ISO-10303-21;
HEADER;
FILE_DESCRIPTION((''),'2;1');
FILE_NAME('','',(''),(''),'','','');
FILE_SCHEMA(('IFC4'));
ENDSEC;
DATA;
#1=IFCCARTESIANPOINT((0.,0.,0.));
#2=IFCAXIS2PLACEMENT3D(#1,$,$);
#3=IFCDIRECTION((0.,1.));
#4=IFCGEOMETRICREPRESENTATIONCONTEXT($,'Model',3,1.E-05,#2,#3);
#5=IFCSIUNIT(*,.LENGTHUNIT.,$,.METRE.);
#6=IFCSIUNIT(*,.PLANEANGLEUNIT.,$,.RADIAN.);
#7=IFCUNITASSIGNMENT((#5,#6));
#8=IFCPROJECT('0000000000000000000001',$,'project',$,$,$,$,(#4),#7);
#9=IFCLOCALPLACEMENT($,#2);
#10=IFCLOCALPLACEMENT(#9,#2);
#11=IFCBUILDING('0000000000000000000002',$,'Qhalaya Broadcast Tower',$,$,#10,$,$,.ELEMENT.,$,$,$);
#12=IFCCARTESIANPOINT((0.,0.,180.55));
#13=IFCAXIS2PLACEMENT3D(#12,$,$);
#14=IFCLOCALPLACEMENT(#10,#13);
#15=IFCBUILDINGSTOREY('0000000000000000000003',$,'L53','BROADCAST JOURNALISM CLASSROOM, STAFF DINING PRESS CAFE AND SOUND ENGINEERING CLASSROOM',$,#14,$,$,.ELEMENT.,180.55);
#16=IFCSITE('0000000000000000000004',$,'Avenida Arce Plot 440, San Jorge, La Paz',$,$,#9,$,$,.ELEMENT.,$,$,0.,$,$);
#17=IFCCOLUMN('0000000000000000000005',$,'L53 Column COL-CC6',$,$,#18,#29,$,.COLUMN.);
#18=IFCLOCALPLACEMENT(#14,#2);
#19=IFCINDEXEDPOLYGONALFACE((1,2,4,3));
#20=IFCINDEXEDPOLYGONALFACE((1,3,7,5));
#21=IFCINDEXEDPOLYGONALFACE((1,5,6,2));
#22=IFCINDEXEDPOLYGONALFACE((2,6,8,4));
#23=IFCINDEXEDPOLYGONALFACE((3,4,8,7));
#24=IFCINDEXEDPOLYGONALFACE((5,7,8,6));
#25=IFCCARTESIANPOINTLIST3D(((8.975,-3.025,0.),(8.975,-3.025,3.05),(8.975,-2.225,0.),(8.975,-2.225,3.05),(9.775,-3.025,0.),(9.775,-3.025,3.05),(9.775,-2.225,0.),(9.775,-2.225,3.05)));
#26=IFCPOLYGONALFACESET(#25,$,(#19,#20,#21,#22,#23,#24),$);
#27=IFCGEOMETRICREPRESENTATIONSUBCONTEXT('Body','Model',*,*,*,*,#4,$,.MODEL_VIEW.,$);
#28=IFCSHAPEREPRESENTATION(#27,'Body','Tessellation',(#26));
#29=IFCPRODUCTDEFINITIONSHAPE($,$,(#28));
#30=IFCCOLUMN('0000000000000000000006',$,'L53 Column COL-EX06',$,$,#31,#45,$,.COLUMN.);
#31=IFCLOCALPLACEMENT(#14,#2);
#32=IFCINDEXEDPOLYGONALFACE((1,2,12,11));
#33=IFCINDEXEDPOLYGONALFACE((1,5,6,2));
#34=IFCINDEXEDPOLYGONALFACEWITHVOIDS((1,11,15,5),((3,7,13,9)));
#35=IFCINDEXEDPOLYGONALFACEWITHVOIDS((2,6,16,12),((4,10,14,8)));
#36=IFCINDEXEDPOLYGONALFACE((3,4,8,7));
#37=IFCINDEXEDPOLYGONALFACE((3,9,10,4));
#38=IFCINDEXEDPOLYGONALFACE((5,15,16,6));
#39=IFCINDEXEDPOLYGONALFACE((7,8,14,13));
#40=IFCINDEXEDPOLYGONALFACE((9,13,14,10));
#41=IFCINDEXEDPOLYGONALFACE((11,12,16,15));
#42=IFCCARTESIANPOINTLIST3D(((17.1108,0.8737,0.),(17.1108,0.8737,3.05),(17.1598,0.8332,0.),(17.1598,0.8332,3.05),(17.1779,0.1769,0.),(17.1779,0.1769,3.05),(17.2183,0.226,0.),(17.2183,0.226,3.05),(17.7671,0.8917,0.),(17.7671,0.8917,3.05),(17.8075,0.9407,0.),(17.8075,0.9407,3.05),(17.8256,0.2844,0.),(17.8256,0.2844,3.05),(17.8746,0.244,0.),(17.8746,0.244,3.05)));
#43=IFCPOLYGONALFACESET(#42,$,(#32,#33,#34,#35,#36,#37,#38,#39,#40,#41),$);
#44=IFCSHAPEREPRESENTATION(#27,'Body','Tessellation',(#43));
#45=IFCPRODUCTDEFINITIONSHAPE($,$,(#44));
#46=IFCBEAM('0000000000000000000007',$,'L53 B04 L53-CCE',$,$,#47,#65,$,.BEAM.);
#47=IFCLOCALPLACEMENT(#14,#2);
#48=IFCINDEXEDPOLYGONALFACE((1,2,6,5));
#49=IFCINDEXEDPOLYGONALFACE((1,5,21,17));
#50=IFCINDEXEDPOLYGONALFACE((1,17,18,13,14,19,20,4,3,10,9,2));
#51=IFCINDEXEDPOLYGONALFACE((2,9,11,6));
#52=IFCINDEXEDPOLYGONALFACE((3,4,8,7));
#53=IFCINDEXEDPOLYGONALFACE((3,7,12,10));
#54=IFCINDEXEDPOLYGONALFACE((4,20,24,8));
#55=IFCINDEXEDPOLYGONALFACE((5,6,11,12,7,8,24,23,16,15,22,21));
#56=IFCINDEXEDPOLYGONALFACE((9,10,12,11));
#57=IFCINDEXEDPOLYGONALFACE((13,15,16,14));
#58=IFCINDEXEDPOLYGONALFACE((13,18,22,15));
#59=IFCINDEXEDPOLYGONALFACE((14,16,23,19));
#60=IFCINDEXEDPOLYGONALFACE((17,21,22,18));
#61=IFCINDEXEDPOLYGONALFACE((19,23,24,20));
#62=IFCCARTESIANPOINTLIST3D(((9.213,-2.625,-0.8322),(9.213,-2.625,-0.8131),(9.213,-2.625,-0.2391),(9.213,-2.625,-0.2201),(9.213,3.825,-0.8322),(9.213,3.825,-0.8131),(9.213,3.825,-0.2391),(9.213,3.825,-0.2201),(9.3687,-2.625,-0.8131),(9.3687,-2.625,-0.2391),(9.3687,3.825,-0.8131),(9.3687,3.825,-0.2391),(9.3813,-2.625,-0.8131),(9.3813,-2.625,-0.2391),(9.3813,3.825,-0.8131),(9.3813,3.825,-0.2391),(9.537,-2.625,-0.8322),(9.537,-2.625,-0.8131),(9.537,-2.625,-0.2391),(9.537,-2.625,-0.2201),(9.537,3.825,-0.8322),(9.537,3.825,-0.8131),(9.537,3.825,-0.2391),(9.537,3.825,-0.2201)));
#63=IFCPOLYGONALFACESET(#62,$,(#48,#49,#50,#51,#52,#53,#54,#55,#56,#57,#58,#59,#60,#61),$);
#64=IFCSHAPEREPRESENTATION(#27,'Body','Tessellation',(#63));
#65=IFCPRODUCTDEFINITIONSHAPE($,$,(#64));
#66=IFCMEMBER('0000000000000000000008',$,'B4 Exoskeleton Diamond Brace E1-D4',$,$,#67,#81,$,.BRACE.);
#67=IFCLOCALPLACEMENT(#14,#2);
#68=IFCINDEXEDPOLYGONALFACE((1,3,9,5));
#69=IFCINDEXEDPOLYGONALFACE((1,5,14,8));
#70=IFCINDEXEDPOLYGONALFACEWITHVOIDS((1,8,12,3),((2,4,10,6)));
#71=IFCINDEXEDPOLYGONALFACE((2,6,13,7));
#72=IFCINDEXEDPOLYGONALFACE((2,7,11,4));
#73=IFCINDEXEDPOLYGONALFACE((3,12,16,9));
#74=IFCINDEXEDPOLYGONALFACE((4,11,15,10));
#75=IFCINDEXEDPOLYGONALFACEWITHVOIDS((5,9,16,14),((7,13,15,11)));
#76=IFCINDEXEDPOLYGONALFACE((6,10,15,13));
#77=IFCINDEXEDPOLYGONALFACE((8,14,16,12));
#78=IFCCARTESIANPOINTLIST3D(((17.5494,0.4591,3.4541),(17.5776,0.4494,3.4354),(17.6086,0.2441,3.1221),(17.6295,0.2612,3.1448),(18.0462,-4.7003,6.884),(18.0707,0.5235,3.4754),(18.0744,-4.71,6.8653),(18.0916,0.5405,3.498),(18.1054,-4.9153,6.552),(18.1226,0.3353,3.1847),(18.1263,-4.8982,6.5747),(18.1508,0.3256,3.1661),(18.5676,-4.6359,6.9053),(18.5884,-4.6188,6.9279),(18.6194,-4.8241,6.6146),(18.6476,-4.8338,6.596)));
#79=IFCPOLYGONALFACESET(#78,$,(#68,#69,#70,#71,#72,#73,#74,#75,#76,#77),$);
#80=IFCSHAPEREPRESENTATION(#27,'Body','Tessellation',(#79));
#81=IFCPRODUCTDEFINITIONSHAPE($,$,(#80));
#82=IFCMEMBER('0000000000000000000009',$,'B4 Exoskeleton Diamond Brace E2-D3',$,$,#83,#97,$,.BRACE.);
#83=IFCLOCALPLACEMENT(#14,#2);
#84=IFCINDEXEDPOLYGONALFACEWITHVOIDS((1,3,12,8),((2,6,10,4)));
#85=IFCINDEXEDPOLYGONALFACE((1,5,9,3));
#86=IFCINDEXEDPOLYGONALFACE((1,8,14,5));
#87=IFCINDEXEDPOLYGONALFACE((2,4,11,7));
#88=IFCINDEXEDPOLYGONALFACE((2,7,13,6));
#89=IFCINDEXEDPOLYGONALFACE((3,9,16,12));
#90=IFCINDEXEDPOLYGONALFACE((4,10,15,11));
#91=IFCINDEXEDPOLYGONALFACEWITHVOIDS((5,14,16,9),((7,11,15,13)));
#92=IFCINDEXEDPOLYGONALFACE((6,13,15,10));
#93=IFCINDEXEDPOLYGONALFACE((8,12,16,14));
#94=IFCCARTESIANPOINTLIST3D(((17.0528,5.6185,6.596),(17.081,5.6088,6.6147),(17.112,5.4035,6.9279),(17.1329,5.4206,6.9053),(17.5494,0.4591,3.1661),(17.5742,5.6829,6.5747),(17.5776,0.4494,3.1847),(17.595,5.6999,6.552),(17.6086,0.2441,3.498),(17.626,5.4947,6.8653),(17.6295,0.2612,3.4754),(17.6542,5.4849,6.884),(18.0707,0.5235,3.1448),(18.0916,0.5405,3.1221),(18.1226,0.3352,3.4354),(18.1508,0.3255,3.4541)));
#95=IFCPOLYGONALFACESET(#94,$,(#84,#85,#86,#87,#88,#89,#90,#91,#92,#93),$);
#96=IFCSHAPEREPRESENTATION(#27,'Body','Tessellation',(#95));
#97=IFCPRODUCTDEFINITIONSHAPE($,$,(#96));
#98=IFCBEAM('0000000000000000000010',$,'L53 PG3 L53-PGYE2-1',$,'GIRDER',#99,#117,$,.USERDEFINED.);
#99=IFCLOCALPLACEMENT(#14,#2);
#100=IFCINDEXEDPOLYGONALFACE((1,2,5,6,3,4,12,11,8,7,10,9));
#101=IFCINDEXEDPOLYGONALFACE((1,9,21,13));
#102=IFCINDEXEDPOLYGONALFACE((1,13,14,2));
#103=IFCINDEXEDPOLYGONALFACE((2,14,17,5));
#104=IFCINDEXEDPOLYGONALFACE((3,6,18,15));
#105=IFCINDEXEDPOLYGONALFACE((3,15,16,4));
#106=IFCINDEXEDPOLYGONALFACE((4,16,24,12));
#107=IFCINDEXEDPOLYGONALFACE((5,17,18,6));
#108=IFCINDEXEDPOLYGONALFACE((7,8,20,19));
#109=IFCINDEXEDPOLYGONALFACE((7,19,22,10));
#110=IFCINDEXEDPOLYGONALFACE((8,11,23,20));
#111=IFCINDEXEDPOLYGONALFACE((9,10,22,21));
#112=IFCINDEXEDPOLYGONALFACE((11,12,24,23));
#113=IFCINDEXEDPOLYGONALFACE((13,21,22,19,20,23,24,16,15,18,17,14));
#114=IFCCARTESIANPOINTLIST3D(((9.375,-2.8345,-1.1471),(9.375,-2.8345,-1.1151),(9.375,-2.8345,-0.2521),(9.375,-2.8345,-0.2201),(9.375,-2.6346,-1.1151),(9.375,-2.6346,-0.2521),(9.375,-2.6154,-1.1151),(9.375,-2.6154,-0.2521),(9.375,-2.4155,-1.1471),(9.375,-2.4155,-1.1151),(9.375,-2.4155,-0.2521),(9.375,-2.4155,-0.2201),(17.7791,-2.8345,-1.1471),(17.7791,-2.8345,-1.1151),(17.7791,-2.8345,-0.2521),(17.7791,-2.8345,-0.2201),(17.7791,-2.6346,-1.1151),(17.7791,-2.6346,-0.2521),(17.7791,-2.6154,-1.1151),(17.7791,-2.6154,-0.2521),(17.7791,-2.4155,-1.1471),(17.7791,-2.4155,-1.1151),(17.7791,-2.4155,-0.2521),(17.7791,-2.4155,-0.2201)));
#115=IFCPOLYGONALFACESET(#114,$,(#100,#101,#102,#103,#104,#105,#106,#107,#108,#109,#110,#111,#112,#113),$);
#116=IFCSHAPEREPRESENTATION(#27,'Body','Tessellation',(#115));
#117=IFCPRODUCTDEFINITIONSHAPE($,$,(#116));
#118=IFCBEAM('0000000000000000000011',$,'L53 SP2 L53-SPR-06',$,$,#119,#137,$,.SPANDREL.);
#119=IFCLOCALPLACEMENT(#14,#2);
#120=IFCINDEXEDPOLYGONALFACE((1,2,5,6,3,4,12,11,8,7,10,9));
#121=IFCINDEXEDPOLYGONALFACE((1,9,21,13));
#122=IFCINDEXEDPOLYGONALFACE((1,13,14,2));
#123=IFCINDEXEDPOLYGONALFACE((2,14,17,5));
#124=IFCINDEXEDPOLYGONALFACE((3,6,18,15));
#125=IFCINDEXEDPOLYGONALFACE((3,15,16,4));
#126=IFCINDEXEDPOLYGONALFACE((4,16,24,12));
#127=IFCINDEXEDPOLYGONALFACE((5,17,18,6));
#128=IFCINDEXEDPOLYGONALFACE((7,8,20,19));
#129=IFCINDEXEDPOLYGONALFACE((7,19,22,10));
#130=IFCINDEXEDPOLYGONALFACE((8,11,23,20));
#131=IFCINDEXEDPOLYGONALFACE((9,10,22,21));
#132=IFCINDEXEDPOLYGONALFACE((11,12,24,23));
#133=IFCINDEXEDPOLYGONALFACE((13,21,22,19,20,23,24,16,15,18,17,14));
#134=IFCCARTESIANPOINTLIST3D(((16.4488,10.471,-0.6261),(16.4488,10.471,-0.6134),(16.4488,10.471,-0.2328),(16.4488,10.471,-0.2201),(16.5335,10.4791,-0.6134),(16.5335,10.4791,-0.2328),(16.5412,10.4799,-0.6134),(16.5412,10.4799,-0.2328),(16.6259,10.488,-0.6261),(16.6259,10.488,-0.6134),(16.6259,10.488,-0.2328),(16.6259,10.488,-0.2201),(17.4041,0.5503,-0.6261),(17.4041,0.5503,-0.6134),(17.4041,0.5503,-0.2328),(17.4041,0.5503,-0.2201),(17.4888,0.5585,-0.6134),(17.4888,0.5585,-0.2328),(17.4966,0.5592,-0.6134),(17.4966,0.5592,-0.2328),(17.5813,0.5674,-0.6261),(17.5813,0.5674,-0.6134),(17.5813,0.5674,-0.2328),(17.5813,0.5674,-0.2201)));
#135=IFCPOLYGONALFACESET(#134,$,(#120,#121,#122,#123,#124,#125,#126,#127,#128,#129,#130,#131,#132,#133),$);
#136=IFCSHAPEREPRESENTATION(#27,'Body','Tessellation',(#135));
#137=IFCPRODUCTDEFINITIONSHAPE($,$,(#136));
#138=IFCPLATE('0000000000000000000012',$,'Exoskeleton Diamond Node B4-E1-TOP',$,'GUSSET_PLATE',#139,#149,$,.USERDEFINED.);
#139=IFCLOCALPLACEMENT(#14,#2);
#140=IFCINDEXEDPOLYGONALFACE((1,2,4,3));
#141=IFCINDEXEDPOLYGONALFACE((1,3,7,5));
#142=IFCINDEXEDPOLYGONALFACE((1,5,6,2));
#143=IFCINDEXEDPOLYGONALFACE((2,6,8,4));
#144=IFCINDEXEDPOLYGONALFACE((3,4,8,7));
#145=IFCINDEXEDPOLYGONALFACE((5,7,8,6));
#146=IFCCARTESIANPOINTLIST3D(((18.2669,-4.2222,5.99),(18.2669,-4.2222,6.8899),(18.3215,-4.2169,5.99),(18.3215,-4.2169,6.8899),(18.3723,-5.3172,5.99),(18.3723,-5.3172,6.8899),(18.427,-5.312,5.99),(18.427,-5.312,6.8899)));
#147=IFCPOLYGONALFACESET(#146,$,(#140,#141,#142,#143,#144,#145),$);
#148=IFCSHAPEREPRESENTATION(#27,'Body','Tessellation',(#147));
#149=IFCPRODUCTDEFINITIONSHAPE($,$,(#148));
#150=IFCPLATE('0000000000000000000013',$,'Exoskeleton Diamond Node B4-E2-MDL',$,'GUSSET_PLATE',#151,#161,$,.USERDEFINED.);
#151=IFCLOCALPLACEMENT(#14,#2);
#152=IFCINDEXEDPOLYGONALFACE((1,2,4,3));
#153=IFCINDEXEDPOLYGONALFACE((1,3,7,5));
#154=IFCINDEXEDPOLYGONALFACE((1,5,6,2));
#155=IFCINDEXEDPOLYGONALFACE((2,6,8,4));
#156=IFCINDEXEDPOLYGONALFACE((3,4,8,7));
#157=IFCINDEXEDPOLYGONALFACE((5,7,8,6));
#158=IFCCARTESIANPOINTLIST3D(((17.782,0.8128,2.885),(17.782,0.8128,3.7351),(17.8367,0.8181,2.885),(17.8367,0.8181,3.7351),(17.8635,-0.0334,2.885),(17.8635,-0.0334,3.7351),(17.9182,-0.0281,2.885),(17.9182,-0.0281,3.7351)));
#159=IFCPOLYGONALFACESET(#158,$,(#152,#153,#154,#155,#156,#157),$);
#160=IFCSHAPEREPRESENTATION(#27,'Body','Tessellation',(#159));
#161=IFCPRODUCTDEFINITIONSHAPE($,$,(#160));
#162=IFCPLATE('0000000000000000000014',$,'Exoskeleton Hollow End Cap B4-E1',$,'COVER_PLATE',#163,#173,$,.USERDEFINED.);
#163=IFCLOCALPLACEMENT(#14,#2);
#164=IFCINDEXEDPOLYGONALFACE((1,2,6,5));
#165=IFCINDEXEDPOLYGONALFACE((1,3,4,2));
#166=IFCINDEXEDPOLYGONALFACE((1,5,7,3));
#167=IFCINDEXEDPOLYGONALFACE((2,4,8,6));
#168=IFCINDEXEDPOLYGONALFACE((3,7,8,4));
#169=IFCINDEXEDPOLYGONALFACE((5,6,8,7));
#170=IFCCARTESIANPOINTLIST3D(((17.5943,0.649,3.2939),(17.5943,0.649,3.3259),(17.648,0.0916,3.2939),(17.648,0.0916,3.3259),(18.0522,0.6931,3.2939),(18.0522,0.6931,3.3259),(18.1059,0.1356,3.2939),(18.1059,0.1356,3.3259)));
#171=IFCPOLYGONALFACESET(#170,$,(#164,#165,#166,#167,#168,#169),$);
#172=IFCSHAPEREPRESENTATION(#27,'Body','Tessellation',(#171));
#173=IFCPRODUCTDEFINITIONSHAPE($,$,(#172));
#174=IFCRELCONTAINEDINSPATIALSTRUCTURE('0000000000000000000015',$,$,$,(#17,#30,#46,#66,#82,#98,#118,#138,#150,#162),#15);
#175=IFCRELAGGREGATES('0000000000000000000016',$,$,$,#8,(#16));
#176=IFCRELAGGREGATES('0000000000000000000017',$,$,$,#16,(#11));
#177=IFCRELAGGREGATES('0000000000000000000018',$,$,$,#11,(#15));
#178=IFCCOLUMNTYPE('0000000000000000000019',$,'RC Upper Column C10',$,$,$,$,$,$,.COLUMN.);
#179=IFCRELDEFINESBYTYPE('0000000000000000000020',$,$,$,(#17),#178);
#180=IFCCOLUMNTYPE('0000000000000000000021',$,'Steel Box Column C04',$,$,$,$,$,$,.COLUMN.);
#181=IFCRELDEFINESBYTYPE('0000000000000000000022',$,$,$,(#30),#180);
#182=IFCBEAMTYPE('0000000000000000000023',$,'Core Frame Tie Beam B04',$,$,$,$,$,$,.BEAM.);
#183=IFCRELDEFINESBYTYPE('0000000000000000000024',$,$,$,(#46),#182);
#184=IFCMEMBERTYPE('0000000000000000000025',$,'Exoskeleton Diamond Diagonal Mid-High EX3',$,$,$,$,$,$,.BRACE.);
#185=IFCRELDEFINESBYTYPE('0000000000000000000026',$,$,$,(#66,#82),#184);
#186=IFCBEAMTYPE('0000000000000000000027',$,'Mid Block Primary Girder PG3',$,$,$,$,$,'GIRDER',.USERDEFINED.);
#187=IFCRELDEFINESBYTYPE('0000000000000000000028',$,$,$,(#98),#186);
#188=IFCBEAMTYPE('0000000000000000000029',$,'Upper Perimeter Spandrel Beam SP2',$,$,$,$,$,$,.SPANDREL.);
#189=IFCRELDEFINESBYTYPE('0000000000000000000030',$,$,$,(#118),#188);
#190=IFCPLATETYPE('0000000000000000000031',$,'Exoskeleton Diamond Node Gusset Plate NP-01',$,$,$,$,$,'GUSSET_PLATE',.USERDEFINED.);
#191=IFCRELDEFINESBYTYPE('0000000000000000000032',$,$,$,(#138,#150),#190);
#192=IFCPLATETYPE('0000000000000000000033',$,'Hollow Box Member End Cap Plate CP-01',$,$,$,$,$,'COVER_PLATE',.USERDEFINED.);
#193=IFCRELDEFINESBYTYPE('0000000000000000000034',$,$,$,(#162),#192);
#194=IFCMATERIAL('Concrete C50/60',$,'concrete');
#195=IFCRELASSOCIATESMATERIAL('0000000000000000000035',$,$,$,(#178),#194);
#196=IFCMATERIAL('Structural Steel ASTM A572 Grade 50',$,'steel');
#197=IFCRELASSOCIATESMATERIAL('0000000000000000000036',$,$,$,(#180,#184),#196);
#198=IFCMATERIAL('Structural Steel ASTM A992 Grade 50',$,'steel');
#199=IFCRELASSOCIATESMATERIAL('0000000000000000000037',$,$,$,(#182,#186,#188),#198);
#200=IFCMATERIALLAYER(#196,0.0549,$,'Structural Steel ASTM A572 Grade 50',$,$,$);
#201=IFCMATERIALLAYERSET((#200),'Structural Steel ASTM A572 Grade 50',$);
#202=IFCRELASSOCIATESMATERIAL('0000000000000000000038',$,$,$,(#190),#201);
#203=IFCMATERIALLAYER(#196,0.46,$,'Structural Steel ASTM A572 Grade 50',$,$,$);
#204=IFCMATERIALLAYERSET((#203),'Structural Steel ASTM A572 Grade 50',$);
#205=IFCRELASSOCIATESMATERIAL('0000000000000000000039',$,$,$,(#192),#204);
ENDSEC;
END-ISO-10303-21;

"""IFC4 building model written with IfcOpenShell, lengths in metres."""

from ifc_helpers import new_model, si_unit, direction, frame, origin, origin_2d, place, context, subcontext, project, spatial, rectangle, hollow_rectangle, i_section, extrude, material, layer, layer_set, material_profile, profile_set, type_object, element, save


model = new_model("IFC4")

# Units and contexts
model_context = context("Model", 3, precision=1e-05, world=origin(), true_north=direction((0.0, 1.0)))
body_context = subcontext(model_context, "Body", "Model", "MODEL_VIEW")
ifc_project = project(units=[si_unit("LENGTHUNIT", "METRE"), si_unit("PLANEANGLEUNIT", "RADIAN")], contexts=[model_context])

# Site, building, storey
site_placement = place(None, origin())
site = spatial("IfcSite", under=ifc_project, at=site_placement, Name="Avenida Arce Plot 440, San Jorge, La Paz", CompositionType="ELEMENT", RefElevation=0.0)
building_placement = place(site_placement, origin())
building = spatial("IfcBuilding", under=site, at=building_placement, Name="Qhalaya Broadcast Tower", CompositionType="ELEMENT")
storey_placement = place(building_placement, frame((0.0, 0.0, 180.55)))
storey = spatial("IfcBuildingStorey", under=building, at=storey_placement, Name="L53", Description="BROADCAST JOURNALISM CLASSROOM, STAFF DINING PRESS CAFE AND SOUND ENGINEERING CLASSROOM", CompositionType="ELEMENT", Elevation=180.55)

# Columns
ifc_material_1 = material(Name="Concrete C50/60", Category="concrete")
ifc_material_profile_1 = material_profile(ifc_material_1, rectangle(XDim=0.8, YDim=0.8, at=origin_2d()), Name="RC-COL 800x800")
ifc_profile_set_1 = profile_set([ifc_material_profile_1], Name="Concrete C50/60")
column_type_1 = type_object("IfcColumnType", Name="RC Upper Column C10", PredefinedType="COLUMN", material=ifc_profile_set_1)
column_1_placement = place(storey_placement, frame((9.375, -2.625, 0.0), z_axis=(0.0, 0.0, 1.0), x_axis=(1.0, 0.0, 0.0)))
element("IfcColumn", 1, at=column_1_placement, inside=storey, type_object=column_type_1, Name="L53 Column COL-CC6", PredefinedType="COLUMN", context=body_context, shape_type="SweptSolid", body=[
    extrude(rectangle(XDim=0.8, YDim=0.8, at=origin_2d()), origin(), (0.0, 0.0, 1.0), 3.05),
])
ifc_material_2 = material(Name="Structural Steel ASTM A572 Grade 50", Category="steel")
ifc_material_profile_2 = material_profile(ifc_material_2, hollow_rectangle(XDim=0.7, YDim=0.7, WallThickness=0.0449, at=origin_2d()), Name="BOX 700x700x45")
ifc_profile_set_2 = profile_set([ifc_material_profile_2], Name="Structural Steel ASTM A572 Grade 50")
column_type_2 = type_object("IfcColumnType", Name="Steel Box Column C04", PredefinedType="COLUMN", material=ifc_profile_set_2)
column_2_placement = place(storey_placement, frame((17.4927, 0.5588, 0.0), z_axis=(0.0, 0.0, 1.0), x_axis=(-0.095846, 0.995396, 0.0)))
element("IfcColumn", 2, at=column_2_placement, inside=storey, type_object=column_type_2, Name="L53 Column COL-EX06", PredefinedType="COLUMN", context=body_context, shape_type="SweptSolid", body=[
    extrude(hollow_rectangle(XDim=0.7, YDim=0.7, WallThickness=0.0449, at=origin_2d()), origin(), (0.0, 0.0, 1.0), 3.05),
])

# Beam
ifc_material_3 = material(Name="Structural Steel ASTM A992 Grade 50", Category="steel")
ifc_material_profile_3 = material_profile(ifc_material_3, i_section(OverallWidth=0.324, OverallDepth=0.6121, WebThickness=0.0127, FlangeThickness=0.019, at=origin_2d()), Name="W24X104")
ifc_profile_set_3 = profile_set([ifc_material_profile_3], Name="Structural Steel ASTM A992 Grade 50")
beam_type_1 = type_object("IfcBeamType", Name="Core Frame Tie Beam B04", PredefinedType="BEAM", material=ifc_profile_set_3)
beam_1_placement = place(storey_placement, frame((9.375, -2.625, -0.5261), z_axis=(0.0, 1.0, 0.0), x_axis=(-1.0, 0.0, 0.0)))
element("IfcBeam", 3, at=beam_1_placement, inside=storey, type_object=beam_type_1, Name="L53 B04 L53-CCE", PredefinedType="BEAM", context=body_context, shape_type="SweptSolid", body=[
    extrude(i_section(OverallWidth=0.324, OverallDepth=0.6121, WebThickness=0.0127, FlangeThickness=0.019, at=origin_2d()), origin(), (0.0, 0.0, 1.0), 6.45),
])

# Members
ifc_material_profile_4 = material_profile(ifc_material_2, hollow_rectangle(XDim=0.3999, YDim=0.55, WallThickness=0.0249, at=origin_2d()), Name="BOX 400x550x25")
ifc_profile_set_4 = profile_set([ifc_material_profile_4], Name="Structural Steel ASTM A572 Grade 50")
member_type = type_object("IfcMemberType", Name="Exoskeleton Diamond Diagonal Mid-High EX3", PredefinedType="BRACE", material=ifc_profile_set_4)
for number, where, z_axis, x_axis, name in (
    (4, (17.8501, 0.3923, 3.3101), (0.079935, -0.830106, 0.551846), (-0.148056, 0.537589, 0.830107), "B4 Exoskeleton Diamond Brace E1-D4"),
    (5, (17.8501, 0.3923, 3.3101), (-0.079896, 0.830109, 0.551848), (0.148031, -0.537598, 0.830106), "B4 Exoskeleton Diamond Brace E2-D3"),
):
    element("IfcMember", number, at=place(storey_placement, frame(where, z_axis=z_axis, x_axis=x_axis)), inside=storey, type_object=member_type, Name=name, PredefinedType="BRACE", context=body_context, shape_type="SweptSolid", body=[
        extrude(hollow_rectangle(XDim=0.3999, YDim=0.55, WallThickness=0.0249, at=origin_2d()), origin(), (0.0, 0.0, 1.0), 6.2153),
    ])

# Beams
ifc_material_profile_5 = material_profile(ifc_material_3, i_section(OverallWidth=0.4189, OverallDepth=0.927, WebThickness=0.0193, FlangeThickness=0.032, at=origin_2d()), Name="W36X231")
ifc_profile_set_5 = profile_set([ifc_material_profile_5], Name="Structural Steel ASTM A992 Grade 50")
beam_type_2 = type_object("IfcBeamType", Name="Mid Block Primary Girder PG3", ElementType="GIRDER", PredefinedType="USERDEFINED", material=ifc_profile_set_5)
beam_2_placement = place(storey_placement, frame((9.375, -2.625, -0.6836), z_axis=(1.0, 0.0, 0.0), x_axis=(0.0, 1.0, 0.0)))
element("IfcBeam", 6, at=beam_2_placement, inside=storey, type_object=beam_type_2, Name="L53 PG3 L53-PGYE2-1", ObjectType="GIRDER", PredefinedType="USERDEFINED", context=body_context, shape_type="SweptSolid", body=[
    extrude(i_section(OverallWidth=0.4189, OverallDepth=0.927, WebThickness=0.0193, FlangeThickness=0.032, at=origin_2d()), origin(), (0.0, 0.0, 1.0), 8.4041),
])
ifc_material_profile_6 = material_profile(ifc_material_3, i_section(OverallWidth=0.178, OverallDepth=0.406, WebThickness=0.0078, FlangeThickness=0.0127, at=origin_2d()), Name="W16X40")
ifc_profile_set_6 = profile_set([ifc_material_profile_6], Name="Structural Steel ASTM A992 Grade 50")
beam_type_3 = type_object("IfcBeamType", Name="Upper Perimeter Spandrel Beam SP2", PredefinedType="SPANDREL", material=ifc_profile_set_6)
beam_3_placement = place(storey_placement, frame((17.4927, 0.5588, -0.4231), z_axis=(-0.095853, 0.995396, 0.0), x_axis=(-0.995396, -0.095853, 0.0)))
element("IfcBeam", 7, at=beam_3_placement, inside=storey, type_object=beam_type_3, Name="L53 SP2 L53-SPR-06", PredefinedType="SPANDREL", context=body_context, shape_type="SweptSolid", body=[
    extrude(i_section(OverallWidth=0.178, OverallDepth=0.406, WebThickness=0.0078, FlangeThickness=0.0127, at=origin_2d()), origin(), (0.0, 0.0, 1.0), 9.9666),
])

# Plates
ifc_layer_1 = layer(ifc_material_2, 0.0549, Name="Structural Steel ASTM A572 Grade 50")
ifc_layer_set_1 = layer_set([ifc_layer_1], Name="Structural Steel ASTM A572 Grade 50")
plate_type_1 = type_object("IfcPlateType", Name="Exoskeleton Diamond Node Gusset Plate NP-01", ElementType="GUSSET_PLATE", PredefinedType="USERDEFINED", material=ifc_layer_set_1)
plate_1_placement = place(storey_placement, frame((18.3469, -4.7671, 5.99), z_axis=(0.0, 0.0, 1.0), x_axis=(-0.095846, 0.995396, 0.0)))
element("IfcPlate", 8, at=plate_1_placement, inside=storey, type_object=plate_type_1, Name="Exoskeleton Diamond Node B4-E1-TOP", ObjectType="GUSSET_PLATE", PredefinedType="USERDEFINED", context=body_context, shape_type="SweptSolid", body=[
    extrude(rectangle(XDim=1.1001, YDim=0.0549, at=origin_2d()), origin(), (0.0, 0.0, 1.0), 0.8999),
])
plate_2_placement = place(storey_placement, frame((17.8501, 0.3923, 2.885), z_axis=(0.0, 0.0, 1.0), x_axis=(-0.095846, 0.995396, 0.0)))
element("IfcPlate", 9, at=plate_2_placement, inside=storey, type_object=plate_type_1, Name="Exoskeleton Diamond Node B4-E2-MDL", ObjectType="GUSSET_PLATE", PredefinedType="USERDEFINED", context=body_context, shape_type="SweptSolid", body=[
    extrude(rectangle(XDim=0.8501, YDim=0.0549, at=origin_2d()), origin(), (0.0, 0.0, 1.0), 0.8501),
])
ifc_layer_2 = layer(ifc_material_2, 0.46, Name="Structural Steel ASTM A572 Grade 50")
ifc_layer_set_2 = layer_set([ifc_layer_2], Name="Structural Steel ASTM A572 Grade 50")
plate_type_2 = type_object("IfcPlateType", Name="Hollow Box Member End Cap Plate CP-01", ElementType="COVER_PLATE", PredefinedType="USERDEFINED", material=ifc_layer_set_2)
plate_3_placement = place(storey_placement, frame((17.8501, 0.3923, 3.2939), z_axis=(0.0, 0.0, 1.0), x_axis=(-0.095846, 0.995396, 0.0)))
element("IfcPlate", 10, at=plate_3_placement, inside=storey, type_object=plate_type_2, Name="Exoskeleton Hollow End Cap B4-E1", ObjectType="COVER_PLATE", PredefinedType="USERDEFINED", context=body_context, shape_type="SweptSolid", body=[
    extrude(rectangle(XDim=0.5601, YDim=0.46, at=origin_2d()), origin(), (0.0, 0.0, 1.0), 0.032),
])

save(model, "model.ifc")
